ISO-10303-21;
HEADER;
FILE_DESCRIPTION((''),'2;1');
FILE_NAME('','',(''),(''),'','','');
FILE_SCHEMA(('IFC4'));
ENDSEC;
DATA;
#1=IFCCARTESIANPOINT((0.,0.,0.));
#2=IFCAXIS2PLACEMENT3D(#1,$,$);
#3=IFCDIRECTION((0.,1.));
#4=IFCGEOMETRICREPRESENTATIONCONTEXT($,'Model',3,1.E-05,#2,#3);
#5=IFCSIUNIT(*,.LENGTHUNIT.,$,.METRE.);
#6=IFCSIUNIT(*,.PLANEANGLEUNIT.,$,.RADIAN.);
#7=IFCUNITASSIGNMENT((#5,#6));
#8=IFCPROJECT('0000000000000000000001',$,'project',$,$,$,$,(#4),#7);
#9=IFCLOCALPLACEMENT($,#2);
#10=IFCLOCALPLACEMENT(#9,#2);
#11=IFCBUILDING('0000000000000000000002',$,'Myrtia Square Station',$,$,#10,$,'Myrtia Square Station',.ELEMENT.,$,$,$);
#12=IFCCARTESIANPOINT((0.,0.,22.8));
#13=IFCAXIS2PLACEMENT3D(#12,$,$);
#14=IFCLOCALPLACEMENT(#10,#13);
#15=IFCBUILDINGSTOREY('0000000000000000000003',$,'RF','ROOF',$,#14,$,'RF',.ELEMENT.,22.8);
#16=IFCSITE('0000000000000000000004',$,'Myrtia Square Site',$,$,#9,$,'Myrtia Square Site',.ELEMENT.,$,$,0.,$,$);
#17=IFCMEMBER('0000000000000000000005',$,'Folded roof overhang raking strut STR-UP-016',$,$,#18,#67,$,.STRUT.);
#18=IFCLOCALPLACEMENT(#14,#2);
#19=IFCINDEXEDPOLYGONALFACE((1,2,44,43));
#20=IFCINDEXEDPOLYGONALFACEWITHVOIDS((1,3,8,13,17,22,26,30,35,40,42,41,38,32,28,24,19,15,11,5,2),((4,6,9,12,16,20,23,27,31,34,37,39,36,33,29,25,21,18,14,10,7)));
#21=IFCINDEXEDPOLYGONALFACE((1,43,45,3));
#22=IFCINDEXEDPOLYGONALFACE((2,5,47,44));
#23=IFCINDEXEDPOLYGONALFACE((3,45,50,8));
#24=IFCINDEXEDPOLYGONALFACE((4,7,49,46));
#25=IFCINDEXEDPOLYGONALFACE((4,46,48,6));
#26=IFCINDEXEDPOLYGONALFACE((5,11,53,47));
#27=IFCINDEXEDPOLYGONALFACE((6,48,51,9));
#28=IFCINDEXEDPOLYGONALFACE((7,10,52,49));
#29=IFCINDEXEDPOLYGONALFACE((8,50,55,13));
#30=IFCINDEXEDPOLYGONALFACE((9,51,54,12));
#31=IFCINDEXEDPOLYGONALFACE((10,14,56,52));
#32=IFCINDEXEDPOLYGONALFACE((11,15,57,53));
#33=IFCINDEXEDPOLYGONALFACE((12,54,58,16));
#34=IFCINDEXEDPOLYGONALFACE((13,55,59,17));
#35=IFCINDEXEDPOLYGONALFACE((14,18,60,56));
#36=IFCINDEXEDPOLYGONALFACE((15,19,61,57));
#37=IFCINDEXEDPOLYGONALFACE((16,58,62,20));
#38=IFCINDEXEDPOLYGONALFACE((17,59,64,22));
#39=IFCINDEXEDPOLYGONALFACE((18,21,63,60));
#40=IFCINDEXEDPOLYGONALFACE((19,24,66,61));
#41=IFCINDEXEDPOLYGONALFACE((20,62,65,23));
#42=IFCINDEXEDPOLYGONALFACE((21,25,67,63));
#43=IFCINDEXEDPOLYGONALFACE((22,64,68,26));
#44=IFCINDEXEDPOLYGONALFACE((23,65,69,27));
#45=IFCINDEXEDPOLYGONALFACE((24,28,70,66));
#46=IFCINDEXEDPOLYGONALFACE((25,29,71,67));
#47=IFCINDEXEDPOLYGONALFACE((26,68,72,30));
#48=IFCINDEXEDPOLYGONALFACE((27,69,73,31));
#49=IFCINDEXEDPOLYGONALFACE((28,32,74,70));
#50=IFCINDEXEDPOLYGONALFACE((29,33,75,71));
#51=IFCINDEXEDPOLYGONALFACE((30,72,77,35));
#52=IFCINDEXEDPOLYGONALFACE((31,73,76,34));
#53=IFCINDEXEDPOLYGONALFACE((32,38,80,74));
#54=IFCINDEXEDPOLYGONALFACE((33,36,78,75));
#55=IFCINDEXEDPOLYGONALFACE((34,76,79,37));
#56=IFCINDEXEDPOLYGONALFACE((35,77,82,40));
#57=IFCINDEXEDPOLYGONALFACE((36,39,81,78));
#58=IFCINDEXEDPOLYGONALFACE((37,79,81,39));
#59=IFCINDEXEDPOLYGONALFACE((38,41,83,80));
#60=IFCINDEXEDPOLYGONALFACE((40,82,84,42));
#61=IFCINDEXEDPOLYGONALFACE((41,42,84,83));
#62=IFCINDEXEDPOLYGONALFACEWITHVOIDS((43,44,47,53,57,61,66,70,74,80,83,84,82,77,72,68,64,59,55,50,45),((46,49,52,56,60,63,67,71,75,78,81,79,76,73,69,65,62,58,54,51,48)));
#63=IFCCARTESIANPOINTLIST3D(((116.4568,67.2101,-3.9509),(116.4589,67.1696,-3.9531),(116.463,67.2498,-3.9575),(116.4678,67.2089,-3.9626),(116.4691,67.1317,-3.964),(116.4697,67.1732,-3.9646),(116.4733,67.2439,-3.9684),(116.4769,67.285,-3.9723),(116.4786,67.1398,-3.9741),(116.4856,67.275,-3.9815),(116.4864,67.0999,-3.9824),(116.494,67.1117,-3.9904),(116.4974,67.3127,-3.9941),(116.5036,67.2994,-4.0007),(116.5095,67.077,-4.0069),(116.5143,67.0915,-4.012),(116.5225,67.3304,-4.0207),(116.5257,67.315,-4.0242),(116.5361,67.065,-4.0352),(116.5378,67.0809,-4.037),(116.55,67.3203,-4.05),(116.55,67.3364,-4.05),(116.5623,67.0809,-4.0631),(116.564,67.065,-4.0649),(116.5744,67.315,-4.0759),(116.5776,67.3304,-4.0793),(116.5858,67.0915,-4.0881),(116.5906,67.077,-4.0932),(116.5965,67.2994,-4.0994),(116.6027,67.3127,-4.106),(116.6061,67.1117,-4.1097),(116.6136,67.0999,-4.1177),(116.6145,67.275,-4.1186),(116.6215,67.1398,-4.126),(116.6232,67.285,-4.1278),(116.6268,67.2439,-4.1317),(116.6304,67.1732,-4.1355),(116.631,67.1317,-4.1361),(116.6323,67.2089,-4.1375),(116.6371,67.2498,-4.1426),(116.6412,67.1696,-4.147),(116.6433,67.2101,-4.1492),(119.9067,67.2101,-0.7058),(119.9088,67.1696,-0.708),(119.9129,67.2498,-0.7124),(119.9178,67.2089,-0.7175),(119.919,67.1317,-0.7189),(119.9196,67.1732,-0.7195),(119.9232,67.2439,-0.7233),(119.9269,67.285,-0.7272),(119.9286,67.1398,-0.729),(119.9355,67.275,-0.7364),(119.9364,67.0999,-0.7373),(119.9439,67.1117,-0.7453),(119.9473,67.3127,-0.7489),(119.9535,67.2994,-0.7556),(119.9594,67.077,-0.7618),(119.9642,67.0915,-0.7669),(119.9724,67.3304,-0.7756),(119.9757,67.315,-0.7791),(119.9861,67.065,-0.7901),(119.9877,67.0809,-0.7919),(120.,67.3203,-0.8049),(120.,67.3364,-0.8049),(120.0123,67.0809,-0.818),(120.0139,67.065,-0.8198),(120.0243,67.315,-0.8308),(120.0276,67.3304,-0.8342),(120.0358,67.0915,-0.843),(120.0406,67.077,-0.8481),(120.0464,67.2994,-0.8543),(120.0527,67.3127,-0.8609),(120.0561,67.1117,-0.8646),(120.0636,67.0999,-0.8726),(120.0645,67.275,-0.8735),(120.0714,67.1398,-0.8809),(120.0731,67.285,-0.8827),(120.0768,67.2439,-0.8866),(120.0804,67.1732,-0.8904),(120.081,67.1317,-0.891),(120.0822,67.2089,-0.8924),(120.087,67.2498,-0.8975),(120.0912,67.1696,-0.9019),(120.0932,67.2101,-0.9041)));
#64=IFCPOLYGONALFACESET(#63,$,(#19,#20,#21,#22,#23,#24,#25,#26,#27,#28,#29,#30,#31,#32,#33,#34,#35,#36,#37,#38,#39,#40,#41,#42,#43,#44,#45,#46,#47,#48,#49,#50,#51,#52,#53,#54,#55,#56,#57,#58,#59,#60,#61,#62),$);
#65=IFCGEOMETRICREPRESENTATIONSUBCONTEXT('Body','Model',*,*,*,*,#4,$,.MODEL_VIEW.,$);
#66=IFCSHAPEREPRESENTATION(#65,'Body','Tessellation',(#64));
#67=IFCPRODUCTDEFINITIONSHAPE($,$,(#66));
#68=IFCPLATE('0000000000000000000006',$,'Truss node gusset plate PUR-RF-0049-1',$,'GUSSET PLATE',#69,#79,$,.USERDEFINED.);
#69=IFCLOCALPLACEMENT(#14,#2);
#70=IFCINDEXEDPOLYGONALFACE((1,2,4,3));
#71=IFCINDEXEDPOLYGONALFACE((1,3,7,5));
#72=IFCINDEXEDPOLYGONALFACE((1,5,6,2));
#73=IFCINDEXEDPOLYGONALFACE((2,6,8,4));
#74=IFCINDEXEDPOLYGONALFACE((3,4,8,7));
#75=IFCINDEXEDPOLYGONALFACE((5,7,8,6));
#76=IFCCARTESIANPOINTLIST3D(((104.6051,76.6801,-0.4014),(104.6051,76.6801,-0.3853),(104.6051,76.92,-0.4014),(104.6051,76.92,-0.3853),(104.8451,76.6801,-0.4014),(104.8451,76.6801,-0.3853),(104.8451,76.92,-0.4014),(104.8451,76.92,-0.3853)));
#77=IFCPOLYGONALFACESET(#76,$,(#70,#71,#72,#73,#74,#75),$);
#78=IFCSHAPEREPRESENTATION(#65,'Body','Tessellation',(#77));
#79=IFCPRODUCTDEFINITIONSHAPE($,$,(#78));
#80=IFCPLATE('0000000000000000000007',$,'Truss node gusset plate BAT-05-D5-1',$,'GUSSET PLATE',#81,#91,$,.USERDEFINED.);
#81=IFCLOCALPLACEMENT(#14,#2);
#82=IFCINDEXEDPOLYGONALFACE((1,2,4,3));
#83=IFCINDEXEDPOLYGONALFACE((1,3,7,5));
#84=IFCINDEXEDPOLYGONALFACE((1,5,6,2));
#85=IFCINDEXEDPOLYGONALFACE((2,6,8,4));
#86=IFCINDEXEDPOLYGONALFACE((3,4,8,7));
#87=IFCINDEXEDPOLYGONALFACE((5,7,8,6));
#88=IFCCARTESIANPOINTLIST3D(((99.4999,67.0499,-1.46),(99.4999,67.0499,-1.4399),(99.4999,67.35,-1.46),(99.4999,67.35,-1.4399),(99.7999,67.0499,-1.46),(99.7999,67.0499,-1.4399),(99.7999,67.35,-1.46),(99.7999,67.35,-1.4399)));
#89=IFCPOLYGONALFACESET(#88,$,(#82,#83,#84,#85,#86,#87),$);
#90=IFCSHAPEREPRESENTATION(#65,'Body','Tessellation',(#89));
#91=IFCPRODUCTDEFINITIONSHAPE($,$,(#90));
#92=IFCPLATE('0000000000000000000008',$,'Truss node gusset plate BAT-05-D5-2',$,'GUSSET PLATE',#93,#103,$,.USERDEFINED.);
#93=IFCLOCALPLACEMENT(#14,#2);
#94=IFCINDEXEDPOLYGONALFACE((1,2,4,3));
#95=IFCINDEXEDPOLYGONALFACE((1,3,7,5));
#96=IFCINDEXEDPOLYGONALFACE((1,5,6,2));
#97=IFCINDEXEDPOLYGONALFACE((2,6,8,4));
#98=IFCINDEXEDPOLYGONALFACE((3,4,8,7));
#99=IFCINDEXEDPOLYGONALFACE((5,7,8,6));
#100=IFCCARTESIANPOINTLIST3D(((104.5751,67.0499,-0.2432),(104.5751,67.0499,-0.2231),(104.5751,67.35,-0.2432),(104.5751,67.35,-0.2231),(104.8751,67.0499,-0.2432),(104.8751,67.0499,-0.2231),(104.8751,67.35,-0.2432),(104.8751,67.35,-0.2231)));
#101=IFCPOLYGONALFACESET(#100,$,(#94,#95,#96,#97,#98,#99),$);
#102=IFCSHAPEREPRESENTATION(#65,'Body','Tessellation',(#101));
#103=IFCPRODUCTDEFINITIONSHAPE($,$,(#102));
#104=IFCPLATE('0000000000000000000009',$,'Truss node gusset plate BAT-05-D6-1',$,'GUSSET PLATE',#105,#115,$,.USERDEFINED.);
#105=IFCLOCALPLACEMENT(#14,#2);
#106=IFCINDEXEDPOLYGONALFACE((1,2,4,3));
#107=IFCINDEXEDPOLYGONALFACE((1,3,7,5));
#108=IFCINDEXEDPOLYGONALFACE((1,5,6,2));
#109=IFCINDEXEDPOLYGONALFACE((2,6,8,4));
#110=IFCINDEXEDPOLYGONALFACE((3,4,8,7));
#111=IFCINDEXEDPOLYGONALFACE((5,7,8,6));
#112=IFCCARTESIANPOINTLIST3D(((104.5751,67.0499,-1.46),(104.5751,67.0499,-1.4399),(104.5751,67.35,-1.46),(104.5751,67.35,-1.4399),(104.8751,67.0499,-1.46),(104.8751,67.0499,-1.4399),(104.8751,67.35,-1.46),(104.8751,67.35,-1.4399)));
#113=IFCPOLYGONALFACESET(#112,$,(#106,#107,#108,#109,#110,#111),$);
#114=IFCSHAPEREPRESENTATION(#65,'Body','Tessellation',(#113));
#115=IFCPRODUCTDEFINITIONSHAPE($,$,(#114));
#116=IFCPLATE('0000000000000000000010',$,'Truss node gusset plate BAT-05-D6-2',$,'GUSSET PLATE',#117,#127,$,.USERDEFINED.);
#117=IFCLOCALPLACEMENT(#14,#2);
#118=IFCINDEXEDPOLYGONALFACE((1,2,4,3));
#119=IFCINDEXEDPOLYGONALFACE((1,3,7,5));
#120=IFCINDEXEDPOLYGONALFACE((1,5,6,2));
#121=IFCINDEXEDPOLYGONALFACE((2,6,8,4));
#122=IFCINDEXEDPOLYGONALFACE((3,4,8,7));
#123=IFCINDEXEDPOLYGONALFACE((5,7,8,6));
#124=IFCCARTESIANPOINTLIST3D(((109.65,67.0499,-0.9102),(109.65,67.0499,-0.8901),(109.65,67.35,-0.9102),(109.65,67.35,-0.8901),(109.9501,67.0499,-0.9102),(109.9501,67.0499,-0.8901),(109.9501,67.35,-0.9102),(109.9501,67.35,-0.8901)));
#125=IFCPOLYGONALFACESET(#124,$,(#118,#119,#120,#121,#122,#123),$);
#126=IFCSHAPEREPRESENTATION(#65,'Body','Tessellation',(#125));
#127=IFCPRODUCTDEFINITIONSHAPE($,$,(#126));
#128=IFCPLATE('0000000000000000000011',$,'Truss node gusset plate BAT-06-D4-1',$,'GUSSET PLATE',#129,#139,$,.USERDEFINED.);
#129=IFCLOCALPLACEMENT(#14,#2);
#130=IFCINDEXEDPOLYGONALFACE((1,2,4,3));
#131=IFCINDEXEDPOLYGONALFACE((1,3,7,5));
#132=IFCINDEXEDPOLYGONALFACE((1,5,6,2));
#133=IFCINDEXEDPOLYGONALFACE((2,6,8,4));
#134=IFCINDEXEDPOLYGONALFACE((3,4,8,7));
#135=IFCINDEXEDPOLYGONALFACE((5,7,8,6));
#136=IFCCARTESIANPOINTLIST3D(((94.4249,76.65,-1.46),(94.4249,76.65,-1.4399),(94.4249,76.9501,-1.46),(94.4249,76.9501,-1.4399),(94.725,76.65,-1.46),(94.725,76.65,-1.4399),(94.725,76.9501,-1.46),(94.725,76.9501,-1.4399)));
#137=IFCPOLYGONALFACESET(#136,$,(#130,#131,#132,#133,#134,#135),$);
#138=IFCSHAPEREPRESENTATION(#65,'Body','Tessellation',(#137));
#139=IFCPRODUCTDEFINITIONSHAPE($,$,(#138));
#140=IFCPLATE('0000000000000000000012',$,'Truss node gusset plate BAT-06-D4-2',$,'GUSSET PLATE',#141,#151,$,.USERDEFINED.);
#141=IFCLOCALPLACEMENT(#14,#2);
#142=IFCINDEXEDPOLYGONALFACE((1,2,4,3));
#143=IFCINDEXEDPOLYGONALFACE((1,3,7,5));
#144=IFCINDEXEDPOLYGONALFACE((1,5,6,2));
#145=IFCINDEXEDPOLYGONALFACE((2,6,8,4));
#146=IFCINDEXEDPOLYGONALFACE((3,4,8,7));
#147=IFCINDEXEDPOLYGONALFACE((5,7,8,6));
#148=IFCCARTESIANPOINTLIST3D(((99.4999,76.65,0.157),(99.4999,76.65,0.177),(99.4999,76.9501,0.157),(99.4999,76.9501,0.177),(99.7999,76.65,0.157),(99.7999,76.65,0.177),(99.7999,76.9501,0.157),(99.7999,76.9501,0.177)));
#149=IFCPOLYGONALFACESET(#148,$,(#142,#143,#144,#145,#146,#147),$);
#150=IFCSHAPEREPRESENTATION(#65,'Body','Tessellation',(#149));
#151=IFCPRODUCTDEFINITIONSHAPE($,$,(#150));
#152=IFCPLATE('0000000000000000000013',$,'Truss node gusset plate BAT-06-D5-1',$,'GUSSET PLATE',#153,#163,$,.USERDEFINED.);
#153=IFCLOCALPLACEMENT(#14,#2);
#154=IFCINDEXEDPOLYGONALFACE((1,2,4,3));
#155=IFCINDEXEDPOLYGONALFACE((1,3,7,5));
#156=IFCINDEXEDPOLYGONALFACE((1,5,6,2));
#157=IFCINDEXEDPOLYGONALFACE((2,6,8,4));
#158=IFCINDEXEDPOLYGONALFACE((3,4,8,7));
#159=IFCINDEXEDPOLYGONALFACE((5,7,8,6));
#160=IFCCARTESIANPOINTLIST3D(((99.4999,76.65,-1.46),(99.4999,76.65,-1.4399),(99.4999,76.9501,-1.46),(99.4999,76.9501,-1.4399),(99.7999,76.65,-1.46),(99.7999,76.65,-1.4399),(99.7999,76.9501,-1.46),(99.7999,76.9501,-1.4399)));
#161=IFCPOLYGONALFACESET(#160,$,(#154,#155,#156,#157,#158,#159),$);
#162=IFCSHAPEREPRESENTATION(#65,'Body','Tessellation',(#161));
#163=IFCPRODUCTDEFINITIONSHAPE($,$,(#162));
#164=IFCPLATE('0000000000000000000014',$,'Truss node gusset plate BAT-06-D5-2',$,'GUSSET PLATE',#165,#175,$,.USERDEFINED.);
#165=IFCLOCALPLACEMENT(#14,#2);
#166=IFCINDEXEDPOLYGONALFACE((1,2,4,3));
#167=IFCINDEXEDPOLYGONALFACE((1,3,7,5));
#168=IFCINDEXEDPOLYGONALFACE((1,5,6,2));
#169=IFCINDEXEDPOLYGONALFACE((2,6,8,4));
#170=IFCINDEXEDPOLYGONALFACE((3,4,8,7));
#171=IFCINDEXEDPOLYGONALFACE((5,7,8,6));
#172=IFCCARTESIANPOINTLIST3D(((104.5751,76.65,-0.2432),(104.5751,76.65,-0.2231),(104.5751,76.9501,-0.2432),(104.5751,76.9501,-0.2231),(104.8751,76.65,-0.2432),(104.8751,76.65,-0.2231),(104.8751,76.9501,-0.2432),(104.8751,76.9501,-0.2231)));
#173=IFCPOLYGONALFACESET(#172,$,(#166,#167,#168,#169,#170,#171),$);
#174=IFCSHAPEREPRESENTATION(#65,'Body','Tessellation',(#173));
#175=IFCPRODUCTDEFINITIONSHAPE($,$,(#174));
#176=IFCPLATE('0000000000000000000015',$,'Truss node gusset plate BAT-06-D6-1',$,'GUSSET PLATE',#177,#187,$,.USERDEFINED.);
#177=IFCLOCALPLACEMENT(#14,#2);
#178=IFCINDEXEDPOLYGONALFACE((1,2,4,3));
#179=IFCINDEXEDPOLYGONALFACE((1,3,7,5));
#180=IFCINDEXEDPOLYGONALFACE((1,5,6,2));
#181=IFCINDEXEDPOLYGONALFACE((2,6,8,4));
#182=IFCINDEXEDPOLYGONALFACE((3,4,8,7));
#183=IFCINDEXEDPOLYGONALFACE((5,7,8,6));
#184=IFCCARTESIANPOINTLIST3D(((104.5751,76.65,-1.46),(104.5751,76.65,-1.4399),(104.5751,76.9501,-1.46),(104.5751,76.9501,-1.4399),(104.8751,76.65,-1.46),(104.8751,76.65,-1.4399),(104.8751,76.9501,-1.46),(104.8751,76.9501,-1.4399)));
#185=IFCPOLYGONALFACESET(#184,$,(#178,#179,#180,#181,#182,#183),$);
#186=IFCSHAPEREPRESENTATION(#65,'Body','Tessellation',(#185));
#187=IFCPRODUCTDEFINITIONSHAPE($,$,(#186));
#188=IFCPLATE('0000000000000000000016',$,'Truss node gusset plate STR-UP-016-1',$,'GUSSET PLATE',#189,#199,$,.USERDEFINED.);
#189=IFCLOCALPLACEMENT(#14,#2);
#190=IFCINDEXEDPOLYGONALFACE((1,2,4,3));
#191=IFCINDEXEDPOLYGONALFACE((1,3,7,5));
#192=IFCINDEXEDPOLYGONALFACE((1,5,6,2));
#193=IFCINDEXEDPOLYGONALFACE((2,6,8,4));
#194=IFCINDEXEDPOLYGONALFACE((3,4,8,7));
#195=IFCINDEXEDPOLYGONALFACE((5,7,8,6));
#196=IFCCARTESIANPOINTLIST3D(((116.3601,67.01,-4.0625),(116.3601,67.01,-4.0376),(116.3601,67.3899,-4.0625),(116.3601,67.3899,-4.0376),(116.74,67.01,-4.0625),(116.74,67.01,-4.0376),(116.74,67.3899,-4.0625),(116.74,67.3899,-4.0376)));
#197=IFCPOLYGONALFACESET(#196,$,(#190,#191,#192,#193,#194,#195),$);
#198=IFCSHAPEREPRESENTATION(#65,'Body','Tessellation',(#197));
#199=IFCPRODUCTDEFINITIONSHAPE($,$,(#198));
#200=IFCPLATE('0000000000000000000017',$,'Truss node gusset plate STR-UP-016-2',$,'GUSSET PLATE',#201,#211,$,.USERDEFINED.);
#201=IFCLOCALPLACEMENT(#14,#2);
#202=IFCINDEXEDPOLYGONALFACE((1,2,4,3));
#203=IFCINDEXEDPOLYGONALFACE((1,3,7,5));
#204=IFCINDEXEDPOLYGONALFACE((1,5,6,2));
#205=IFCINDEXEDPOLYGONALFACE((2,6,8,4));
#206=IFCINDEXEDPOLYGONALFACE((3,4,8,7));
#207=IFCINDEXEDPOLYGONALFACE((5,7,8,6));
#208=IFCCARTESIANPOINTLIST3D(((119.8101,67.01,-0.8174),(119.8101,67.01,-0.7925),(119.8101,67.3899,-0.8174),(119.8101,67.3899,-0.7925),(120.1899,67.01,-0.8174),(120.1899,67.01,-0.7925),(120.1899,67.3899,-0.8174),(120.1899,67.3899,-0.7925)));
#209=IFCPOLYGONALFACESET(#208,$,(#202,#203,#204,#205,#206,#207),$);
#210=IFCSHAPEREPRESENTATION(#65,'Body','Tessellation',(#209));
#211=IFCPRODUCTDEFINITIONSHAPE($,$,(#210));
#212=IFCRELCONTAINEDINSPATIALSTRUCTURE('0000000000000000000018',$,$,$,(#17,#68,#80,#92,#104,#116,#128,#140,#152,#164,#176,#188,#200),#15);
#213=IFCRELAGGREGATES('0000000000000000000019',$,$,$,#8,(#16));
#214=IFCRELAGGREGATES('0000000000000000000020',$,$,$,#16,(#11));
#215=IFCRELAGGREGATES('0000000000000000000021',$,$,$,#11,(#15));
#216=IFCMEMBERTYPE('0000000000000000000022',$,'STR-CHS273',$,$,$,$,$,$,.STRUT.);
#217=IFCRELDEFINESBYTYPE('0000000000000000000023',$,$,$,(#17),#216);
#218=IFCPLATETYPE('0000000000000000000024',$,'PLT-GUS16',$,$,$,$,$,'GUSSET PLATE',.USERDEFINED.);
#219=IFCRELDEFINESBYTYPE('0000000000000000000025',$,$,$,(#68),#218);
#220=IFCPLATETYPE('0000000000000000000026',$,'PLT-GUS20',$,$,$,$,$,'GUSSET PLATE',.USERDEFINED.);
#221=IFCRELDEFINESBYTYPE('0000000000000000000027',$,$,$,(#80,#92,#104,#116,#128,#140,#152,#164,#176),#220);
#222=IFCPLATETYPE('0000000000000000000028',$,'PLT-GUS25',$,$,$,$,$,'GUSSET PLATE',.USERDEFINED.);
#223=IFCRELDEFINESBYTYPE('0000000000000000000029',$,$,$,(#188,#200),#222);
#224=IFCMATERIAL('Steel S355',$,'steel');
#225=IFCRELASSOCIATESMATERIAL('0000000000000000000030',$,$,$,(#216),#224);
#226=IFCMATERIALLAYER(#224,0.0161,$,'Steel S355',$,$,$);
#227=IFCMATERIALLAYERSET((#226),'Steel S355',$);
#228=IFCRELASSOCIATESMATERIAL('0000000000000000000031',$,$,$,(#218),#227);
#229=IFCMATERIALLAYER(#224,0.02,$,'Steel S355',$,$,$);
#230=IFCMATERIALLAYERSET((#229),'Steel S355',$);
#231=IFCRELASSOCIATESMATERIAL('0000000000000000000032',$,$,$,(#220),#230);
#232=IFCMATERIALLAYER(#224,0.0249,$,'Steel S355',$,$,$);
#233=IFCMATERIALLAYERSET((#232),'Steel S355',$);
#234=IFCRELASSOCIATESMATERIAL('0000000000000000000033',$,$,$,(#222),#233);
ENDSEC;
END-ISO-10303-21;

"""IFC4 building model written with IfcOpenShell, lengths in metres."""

from ifc_helpers import new_model, si_unit, direction, frame, origin, origin_2d, place, context, subcontext, project, spatial, rectangle, hollow_circle, extrude, material, layer, layer_set, material_profile, profile_set, type_object, element, save


model = new_model("IFC4")

# Units and contexts
model_context = context("Model", 3, precision=1e-05, world=origin(), true_north=direction((0.0, 1.0)))
body_context = subcontext(model_context, "Body", "Model", "MODEL_VIEW")
ifc_project = project(units=[si_unit("LENGTHUNIT", "METRE"), si_unit("PLANEANGLEUNIT", "RADIAN")], contexts=[model_context])

# Site, building, storey
site_placement = place(None, origin())
site = spatial("IfcSite", under=ifc_project, at=site_placement, Name="Myrtia Square Site", LongName="Myrtia Square Site", CompositionType="ELEMENT", RefElevation=0.0)
building_placement = place(site_placement, origin())
building = spatial("IfcBuilding", under=site, at=building_placement, Name="Myrtia Square Station", LongName="Myrtia Square Station", CompositionType="ELEMENT")
storey_placement = place(building_placement, frame((0.0, 0.0, 22.8)))
storey = spatial("IfcBuildingStorey", under=building, at=storey_placement, Name="RF", Description="ROOF", LongName="RF", CompositionType="ELEMENT", Elevation=22.8)

# Member
ifc_material_1 = material(Name="Steel S355", Category="steel")
ifc_material_profile_1 = material_profile(ifc_material_1, hollow_circle(Radius=0.1365, WallThickness=0.0161, at=origin_2d()), Name="CHS 273x16")
ifc_profile_set_1 = profile_set([ifc_material_profile_1], Name="Steel S355")
member_type_1 = type_object("IfcMemberType", Name="STR-CHS273", PredefinedType="STRUT", material=ifc_profile_set_1)
member_1_placement = place(storey_placement, frame((116.55, 67.2, -4.05), z_axis=(0.7284, 0.0, 0.685152), x_axis=(0.0, 1.0, 0.0)))
element("IfcMember", 1, at=member_1_placement, inside=storey, type_object=member_type_1, Name="Folded roof overhang raking strut STR-UP-016", PredefinedType="STRUT", context=body_context, shape_type="SweptSolid", body=[
    extrude(hollow_circle(Radius=0.1365, WallThickness=0.0161, at=origin_2d()), origin(), (0.0, 0.0, 1.0), 4.7363),
])

# Plates
ifc_layer_1 = layer(ifc_material_1, 0.0161, Name="Steel S355")
ifc_layer_set_1 = layer_set([ifc_layer_1], Name="Steel S355")
plate_type_1 = type_object("IfcPlateType", Name="PLT-GUS16", ElementType="GUSSET PLATE", PredefinedType="USERDEFINED", material=ifc_layer_set_1)
plate_placement = place(storey_placement, frame((104.7251, 76.8, -0.4014), z_axis=(0.0, 0.0, 1.0), x_axis=(0.0, 1.0, 0.0)))
element("IfcPlate", 2, at=plate_placement, inside=storey, type_object=plate_type_1, Name="Truss node gusset plate PUR-RF-0049-1", ObjectType="GUSSET PLATE", PredefinedType="USERDEFINED", context=body_context, shape_type="SweptSolid", body=[
    extrude(rectangle(XDim=0.24, YDim=0.24, at=origin_2d()), origin(), (0.0, 0.0, 1.0), 0.0161),
])
ifc_layer_2 = layer(ifc_material_1, 0.02, Name="Steel S355")
ifc_layer_set_2 = layer_set([ifc_layer_2], Name="Steel S355")
plate_type_2 = type_object("IfcPlateType", Name="PLT-GUS20", ElementType="GUSSET PLATE", PredefinedType="USERDEFINED", material=ifc_layer_set_2)
for number, where, z_axis, x_axis, name in (
    (3, (99.6499, 67.2, -1.46), (0.0, 0.0, 1.0), (1.0, 0.0, 0.0), "Truss node gusset plate BAT-05-D5-1"),
    (4, (104.7251, 67.2, -0.2432), (0.0, 0.0, 1.0), (1.0, 0.0, 0.0), "Truss node gusset plate BAT-05-D5-2"),
    (5, (104.7251, 67.2, -1.46), (0.0, 0.0, 1.0), (1.0, 0.0, 0.0), "Truss node gusset plate BAT-05-D6-1"),
    (6, (109.8, 67.2, -0.9102), (0.0, 0.0, 1.0), (1.0, 0.0, 0.0), "Truss node gusset plate BAT-05-D6-2"),
    (7, (94.575, 76.8, -1.46), (0.0, 0.0, 1.0), (1.0, 0.0, 0.0), "Truss node gusset plate BAT-06-D4-1"),
    (8, (99.6499, 76.8, 0.157), (0.0, 0.0, 1.0), (1.0, 0.0, 0.0), "Truss node gusset plate BAT-06-D4-2"),
    (9, (99.6499, 76.8, -1.46), (0.0, 0.0, 1.0), (1.0, 0.0, 0.0), "Truss node gusset plate BAT-06-D5-1"),
    (10, (104.7251, 76.8, -0.2432), (0.0, 0.0, 1.0), (1.0, 0.0, 0.0), "Truss node gusset plate BAT-06-D5-2"),
    (11, (104.7251, 76.8, -1.46), (0.0, 0.0, 1.0), (1.0, 0.0, 0.0), "Truss node gusset plate BAT-06-D6-1"),
):
    element("IfcPlate", number, at=place(storey_placement, frame(where, z_axis=z_axis, x_axis=x_axis)), inside=storey, type_object=plate_type_2, Name=name, ObjectType="GUSSET PLATE", PredefinedType="USERDEFINED", context=body_context, shape_type="SweptSolid", body=[
        extrude(rectangle(XDim=0.3, YDim=0.3, at=origin_2d()), origin(), (0.0, 0.0, 1.0), 0.02),
    ])
ifc_layer_3 = layer(ifc_material_1, 0.0249, Name="Steel S355")
ifc_layer_set_3 = layer_set([ifc_layer_3], Name="Steel S355")
plate_type_3 = type_object("IfcPlateType", Name="PLT-GUS25", ElementType="GUSSET PLATE", PredefinedType="USERDEFINED", material=ifc_layer_set_3)
for number, where, z_axis, x_axis, name in (
    (12, (116.55, 67.2, -4.0625), (0.0, 0.0, 1.0), (1.0, 0.0, 0.0), "Truss node gusset plate STR-UP-016-1"),
    (13, (120.0, 67.2, -0.8174), (0.0, 0.0, 1.0), (1.0, 0.0, 0.0), "Truss node gusset plate STR-UP-016-2"),
):
    element("IfcPlate", number, at=place(storey_placement, frame(where, z_axis=z_axis, x_axis=x_axis)), inside=storey, type_object=plate_type_3, Name=name, ObjectType="GUSSET PLATE", PredefinedType="USERDEFINED", context=body_context, shape_type="SweptSolid", body=[
        extrude(rectangle(XDim=0.3799, YDim=0.3799, at=origin_2d()), origin(), (0.0, 0.0, 1.0), 0.0249),
    ])

save(model, "model.ifc")
